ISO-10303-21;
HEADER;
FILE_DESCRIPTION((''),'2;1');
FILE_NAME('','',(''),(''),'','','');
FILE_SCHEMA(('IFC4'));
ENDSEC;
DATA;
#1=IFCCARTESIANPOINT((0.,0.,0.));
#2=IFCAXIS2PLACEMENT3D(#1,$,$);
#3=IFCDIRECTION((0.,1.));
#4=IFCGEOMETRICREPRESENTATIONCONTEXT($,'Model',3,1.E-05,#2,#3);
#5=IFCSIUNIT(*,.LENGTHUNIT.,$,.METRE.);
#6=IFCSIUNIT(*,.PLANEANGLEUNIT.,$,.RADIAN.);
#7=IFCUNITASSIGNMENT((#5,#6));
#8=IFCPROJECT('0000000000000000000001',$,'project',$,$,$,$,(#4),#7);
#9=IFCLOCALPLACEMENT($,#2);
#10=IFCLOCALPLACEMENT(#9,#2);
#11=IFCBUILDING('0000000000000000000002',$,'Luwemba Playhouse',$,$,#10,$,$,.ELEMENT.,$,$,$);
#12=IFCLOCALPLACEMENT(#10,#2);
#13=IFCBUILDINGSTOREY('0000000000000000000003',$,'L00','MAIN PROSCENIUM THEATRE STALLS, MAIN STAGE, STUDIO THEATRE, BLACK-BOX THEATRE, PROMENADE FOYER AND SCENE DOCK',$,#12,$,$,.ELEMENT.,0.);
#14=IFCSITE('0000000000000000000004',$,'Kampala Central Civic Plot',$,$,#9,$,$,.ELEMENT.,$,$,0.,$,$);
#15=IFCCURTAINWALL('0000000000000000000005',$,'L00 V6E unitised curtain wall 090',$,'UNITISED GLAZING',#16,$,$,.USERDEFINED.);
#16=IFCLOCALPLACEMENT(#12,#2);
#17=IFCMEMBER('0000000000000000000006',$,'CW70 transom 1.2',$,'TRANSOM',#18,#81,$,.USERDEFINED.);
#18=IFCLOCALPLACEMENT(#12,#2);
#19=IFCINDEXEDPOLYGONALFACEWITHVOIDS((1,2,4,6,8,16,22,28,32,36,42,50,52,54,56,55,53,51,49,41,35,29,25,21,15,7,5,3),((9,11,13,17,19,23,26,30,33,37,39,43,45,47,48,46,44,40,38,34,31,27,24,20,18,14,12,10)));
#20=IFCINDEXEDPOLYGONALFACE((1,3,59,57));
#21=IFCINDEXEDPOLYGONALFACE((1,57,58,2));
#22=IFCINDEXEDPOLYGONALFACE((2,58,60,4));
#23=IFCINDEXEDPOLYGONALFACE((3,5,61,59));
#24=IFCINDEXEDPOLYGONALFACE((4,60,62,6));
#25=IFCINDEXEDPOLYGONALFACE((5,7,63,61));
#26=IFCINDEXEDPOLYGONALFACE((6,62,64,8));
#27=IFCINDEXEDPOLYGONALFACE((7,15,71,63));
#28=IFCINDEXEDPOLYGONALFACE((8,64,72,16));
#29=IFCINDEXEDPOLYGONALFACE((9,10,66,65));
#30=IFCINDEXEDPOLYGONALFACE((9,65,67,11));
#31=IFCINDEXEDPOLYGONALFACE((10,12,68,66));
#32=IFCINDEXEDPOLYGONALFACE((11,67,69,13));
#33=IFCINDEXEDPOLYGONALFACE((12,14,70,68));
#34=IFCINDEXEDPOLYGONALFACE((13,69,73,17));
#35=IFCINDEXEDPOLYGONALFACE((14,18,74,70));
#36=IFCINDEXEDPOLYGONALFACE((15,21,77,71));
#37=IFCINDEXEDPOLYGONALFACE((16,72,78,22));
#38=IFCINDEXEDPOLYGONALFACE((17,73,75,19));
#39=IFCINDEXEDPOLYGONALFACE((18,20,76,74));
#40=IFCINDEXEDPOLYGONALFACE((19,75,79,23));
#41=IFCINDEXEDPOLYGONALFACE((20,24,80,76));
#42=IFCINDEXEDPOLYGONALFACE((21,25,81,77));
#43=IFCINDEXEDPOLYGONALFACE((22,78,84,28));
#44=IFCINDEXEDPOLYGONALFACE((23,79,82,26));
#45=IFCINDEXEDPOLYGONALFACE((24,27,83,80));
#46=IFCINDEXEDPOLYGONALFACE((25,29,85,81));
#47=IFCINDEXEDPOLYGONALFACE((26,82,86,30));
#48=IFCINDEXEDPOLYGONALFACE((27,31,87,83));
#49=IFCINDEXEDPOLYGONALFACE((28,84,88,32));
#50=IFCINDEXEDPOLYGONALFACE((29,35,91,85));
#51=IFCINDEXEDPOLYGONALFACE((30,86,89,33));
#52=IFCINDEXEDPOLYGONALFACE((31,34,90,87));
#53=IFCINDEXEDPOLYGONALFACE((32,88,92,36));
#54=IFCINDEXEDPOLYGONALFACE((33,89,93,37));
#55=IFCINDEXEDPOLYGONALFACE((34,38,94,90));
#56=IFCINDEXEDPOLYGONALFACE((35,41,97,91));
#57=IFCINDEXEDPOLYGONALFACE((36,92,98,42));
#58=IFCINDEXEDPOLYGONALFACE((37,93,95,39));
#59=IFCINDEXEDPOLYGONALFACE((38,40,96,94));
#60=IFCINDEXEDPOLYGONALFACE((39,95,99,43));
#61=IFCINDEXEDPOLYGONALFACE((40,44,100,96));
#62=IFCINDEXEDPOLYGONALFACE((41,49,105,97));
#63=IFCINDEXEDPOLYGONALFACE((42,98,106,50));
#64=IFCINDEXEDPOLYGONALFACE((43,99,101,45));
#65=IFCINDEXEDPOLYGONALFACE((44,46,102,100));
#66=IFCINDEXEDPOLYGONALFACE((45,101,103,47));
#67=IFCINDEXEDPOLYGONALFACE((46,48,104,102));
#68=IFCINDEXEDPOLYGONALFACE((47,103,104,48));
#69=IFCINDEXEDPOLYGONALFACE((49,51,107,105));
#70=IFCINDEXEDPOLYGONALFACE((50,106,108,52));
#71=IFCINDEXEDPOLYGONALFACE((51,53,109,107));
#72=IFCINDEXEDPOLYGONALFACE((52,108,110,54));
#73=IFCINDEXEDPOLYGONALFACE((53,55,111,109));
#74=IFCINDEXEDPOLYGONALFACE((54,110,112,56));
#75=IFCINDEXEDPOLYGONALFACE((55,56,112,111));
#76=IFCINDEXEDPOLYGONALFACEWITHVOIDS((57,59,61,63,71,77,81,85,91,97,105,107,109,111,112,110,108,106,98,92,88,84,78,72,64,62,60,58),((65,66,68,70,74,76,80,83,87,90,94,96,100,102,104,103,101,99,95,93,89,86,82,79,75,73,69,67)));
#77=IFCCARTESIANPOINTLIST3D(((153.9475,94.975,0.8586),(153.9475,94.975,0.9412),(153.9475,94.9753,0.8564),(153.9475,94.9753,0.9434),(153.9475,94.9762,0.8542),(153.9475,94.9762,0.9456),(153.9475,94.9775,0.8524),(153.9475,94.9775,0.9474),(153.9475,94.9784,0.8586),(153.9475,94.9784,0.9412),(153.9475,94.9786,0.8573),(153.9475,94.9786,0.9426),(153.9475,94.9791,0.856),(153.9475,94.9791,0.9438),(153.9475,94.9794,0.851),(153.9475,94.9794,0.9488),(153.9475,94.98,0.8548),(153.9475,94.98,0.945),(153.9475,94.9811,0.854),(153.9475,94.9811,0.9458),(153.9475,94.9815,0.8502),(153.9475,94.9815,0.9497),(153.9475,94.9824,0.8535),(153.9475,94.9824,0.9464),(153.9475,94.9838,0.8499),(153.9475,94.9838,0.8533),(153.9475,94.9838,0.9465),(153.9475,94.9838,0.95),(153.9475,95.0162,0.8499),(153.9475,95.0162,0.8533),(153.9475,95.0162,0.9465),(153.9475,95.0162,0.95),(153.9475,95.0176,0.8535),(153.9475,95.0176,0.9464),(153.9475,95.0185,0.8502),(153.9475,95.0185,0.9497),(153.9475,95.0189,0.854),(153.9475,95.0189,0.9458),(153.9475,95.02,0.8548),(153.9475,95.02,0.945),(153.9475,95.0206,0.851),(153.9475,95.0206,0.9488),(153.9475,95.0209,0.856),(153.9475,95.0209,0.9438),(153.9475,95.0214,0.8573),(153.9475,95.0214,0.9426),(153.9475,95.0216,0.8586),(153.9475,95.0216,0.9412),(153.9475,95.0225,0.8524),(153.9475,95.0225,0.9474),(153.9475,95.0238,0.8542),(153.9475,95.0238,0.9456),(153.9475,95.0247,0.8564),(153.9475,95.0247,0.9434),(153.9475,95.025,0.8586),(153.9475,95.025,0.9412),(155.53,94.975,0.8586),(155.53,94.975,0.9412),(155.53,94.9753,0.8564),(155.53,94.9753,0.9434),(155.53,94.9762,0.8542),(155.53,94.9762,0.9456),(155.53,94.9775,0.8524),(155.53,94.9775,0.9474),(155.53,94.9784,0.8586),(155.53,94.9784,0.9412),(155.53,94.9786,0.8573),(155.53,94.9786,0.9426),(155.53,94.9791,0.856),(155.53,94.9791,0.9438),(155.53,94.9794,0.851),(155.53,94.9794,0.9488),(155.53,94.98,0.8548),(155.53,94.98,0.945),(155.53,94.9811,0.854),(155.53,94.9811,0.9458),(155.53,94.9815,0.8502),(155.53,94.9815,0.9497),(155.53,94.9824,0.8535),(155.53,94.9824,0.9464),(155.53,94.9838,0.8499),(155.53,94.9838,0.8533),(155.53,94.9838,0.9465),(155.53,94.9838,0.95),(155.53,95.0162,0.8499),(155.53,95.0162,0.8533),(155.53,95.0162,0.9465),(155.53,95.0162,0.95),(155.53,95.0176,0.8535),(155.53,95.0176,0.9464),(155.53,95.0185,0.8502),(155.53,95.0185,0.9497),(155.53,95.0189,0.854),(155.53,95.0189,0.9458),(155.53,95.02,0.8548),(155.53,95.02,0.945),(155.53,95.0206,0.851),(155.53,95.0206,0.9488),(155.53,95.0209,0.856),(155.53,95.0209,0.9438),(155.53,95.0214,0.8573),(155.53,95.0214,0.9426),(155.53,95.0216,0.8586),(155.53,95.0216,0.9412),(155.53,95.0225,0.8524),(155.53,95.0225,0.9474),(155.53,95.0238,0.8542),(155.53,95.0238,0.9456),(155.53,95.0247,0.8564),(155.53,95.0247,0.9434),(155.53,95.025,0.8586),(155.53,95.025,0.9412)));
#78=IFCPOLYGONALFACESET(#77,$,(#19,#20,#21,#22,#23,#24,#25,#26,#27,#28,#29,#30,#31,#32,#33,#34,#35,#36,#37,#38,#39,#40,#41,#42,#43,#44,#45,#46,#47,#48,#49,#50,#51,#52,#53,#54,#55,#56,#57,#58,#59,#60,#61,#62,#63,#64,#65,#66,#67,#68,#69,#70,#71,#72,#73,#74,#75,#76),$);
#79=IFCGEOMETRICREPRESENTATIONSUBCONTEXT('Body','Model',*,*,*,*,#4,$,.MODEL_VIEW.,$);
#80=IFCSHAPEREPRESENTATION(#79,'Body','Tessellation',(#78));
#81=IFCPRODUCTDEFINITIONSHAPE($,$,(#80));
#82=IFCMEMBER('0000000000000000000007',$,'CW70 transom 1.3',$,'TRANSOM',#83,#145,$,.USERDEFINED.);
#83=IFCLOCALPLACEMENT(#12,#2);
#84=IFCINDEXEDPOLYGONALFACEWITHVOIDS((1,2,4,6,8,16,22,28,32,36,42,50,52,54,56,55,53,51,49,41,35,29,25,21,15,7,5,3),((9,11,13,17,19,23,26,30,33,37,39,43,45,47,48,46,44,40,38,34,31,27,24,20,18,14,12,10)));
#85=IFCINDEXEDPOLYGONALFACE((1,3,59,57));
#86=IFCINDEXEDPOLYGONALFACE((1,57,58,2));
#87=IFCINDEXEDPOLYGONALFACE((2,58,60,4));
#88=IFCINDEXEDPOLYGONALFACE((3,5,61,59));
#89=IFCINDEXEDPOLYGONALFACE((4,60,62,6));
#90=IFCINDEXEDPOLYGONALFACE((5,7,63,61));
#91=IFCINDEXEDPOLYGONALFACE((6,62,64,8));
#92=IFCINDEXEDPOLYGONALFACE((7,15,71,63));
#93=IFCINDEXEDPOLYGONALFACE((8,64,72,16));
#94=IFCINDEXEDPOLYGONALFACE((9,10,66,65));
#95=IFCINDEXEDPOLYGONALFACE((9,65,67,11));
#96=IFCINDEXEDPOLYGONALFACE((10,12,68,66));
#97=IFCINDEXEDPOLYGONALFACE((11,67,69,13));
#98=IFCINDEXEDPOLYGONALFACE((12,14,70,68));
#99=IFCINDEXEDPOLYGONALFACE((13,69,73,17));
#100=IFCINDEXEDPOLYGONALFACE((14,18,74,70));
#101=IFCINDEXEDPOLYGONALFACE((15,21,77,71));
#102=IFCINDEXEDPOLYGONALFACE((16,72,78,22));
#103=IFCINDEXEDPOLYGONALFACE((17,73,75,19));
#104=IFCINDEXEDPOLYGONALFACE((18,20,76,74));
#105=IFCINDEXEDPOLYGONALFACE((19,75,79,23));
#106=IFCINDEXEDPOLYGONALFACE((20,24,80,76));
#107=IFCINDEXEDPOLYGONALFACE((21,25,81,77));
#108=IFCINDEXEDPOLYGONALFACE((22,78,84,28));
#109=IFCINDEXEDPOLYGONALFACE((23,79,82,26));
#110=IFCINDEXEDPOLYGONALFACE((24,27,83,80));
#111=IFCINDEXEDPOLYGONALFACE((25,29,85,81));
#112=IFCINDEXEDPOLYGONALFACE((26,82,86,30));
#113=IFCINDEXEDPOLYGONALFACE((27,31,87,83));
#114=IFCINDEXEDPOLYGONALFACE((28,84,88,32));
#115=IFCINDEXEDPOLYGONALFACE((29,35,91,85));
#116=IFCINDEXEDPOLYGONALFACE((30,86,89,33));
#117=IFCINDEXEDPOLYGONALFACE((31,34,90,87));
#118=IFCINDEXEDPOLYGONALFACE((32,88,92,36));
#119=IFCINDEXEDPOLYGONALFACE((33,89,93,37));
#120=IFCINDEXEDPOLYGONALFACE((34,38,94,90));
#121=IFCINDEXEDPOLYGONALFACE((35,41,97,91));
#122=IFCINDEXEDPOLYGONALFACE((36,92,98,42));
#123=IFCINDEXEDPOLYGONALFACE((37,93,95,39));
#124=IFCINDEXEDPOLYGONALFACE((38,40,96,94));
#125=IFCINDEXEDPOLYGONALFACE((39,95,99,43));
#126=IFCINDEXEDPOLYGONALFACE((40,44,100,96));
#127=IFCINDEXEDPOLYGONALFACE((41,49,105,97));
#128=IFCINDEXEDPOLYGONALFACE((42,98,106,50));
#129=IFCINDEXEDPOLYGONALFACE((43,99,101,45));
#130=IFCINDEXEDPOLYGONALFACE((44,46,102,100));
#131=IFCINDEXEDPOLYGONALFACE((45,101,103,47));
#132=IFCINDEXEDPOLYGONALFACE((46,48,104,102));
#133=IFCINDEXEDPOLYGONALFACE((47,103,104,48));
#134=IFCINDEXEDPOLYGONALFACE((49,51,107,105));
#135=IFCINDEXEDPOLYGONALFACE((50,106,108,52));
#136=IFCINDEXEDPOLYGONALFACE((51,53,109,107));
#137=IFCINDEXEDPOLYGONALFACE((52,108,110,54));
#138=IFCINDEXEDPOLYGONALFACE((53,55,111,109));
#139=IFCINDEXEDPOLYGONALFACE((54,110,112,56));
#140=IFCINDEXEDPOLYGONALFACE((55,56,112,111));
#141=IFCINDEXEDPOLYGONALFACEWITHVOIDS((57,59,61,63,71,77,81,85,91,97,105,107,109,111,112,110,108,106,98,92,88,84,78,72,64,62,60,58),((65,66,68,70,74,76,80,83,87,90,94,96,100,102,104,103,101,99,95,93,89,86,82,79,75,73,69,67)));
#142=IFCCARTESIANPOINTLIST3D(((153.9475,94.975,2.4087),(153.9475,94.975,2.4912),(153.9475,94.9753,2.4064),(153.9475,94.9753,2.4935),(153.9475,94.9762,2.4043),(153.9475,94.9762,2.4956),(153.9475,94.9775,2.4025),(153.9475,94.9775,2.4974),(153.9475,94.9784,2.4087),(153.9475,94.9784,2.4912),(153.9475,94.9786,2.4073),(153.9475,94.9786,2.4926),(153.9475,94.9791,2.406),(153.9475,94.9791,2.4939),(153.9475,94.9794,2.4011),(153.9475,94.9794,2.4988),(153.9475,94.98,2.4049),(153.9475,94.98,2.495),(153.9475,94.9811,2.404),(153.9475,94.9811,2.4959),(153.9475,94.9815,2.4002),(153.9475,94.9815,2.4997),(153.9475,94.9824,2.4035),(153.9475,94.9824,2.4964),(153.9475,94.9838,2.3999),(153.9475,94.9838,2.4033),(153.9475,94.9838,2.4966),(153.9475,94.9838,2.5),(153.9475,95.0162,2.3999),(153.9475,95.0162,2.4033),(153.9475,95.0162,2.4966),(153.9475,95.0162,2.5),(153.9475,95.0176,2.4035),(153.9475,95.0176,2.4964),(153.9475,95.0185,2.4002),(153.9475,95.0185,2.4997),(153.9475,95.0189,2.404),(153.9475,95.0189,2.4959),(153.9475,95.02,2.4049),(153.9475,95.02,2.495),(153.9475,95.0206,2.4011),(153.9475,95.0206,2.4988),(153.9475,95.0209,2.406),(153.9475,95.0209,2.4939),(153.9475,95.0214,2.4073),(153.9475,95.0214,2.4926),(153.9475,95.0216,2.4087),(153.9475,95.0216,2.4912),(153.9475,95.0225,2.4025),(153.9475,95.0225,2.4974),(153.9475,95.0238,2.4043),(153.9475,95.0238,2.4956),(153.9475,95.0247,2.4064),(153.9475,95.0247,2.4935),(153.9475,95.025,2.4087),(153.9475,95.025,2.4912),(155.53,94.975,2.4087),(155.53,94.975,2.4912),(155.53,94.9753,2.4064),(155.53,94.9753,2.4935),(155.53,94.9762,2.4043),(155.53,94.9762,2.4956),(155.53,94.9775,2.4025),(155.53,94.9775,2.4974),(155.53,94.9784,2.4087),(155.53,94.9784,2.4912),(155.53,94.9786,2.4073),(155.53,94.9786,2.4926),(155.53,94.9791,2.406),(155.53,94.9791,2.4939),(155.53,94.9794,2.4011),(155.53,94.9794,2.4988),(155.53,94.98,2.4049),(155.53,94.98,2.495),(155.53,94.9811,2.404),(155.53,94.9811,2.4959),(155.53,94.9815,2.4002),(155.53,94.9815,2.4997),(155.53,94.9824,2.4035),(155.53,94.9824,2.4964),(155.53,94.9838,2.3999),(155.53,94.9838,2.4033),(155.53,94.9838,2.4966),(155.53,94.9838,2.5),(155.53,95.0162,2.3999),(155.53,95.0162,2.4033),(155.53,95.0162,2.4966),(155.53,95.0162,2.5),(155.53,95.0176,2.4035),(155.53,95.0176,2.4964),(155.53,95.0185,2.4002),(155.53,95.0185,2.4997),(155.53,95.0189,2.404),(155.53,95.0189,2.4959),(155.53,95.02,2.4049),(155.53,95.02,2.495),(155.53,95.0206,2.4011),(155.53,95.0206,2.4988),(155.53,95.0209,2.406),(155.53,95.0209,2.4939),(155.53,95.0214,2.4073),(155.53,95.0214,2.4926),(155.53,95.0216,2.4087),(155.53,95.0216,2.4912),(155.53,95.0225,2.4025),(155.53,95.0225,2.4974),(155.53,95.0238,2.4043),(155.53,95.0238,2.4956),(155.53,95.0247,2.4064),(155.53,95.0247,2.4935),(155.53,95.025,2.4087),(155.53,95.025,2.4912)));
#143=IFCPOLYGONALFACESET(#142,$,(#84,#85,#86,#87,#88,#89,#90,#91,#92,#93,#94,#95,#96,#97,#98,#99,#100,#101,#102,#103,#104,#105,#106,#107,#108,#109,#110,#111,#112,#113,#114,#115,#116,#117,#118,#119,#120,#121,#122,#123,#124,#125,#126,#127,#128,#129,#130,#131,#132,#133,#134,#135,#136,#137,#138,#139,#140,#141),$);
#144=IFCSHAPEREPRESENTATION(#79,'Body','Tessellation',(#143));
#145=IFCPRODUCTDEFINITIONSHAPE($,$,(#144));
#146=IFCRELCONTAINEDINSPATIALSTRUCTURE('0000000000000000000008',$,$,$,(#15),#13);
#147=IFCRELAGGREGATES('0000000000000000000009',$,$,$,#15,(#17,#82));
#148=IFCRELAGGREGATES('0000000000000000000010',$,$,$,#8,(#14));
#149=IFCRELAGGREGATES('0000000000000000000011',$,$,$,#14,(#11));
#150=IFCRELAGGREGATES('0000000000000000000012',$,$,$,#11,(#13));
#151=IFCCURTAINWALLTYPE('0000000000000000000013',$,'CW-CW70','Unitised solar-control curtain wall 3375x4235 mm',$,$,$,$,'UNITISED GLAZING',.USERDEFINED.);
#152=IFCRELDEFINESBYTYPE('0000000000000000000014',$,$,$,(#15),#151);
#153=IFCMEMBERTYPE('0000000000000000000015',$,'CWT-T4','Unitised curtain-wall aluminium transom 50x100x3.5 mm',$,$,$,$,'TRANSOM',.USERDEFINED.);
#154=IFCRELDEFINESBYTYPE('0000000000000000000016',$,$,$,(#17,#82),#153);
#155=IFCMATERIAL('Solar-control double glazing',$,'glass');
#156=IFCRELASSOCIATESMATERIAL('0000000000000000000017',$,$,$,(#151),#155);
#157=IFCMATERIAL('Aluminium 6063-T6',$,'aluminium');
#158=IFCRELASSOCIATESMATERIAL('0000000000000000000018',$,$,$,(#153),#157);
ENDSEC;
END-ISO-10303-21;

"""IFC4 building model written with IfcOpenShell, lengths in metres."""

from ifc_helpers import new_model, si_unit, direction, frame, origin, origin_2d, place, context, subcontext, project, spatial, hollow_rectangle, extrude, material, material_profile, profile_set, type_object, element, aggregate, save


model = new_model("IFC4")

# Units and contexts
model_context = context("Model", 3, precision=1e-05, world=origin(), true_north=direction((0.0, 1.0)))
body_context = subcontext(model_context, "Body", "Model", "MODEL_VIEW")
ifc_project = project(units=[si_unit("LENGTHUNIT", "METRE"), si_unit("PLANEANGLEUNIT", "RADIAN")], contexts=[model_context])

# Site, building, storey
site_placement = place(None, origin())
site = spatial("IfcSite", under=ifc_project, at=site_placement, Name="Kampala Central Civic Plot", CompositionType="ELEMENT", RefElevation=0.0)
building_placement = place(site_placement, origin())
building = spatial("IfcBuilding", under=site, at=building_placement, Name="Luwemba Playhouse", CompositionType="ELEMENT")
storey_placement = place(building_placement, origin())
storey = spatial("IfcBuildingStorey", under=building, at=storey_placement, Name="L00", Description="MAIN PROSCENIUM THEATRE STALLS, MAIN STAGE, STUDIO THEATRE, BLACK-BOX THEATRE, PROMENADE FOYER AND SCENE DOCK", CompositionType="ELEMENT", Elevation=0.0)

# Shared definitions
ifc_material_1 = material(Name="Solar-control double glazing", Category="glass")
ifc_material_2 = material(Name="Aluminium 6063-T6", Category="aluminium")

# Curtain wall, members
curtain_wall_type_1 = type_object("IfcCurtainWallType", Name="CW-CW70", Description="Unitised solar-control curtain wall 3375x4235 mm", ElementType="UNITISED GLAZING", PredefinedType="USERDEFINED", material=ifc_material_1)
curtain_wall_1_placement = place(storey_placement, origin())
curtain_wall_1 = element("IfcCurtainWall", 1, at=curtain_wall_1_placement, inside=storey, type_object=curtain_wall_type_1, Name="L00 V6E unitised curtain wall 090", ObjectType="UNITISED GLAZING", PredefinedType="USERDEFINED")
ifc_material_profile_1 = material_profile(ifc_material_2, hollow_rectangle(XDim=0.05, YDim=0.1001, WallThickness=0.0034, InnerFilletRadius=0.0054, OuterFilletRadius=0.0088, at=origin_2d()))
ifc_profile_set_1 = profile_set([ifc_material_profile_1], Name="Aluminium 6063-T6")
member_type_1 = type_object("IfcMemberType", Name="CWT-T4", Description="Unitised curtain-wall aluminium transom 50x100x3.5 mm", ElementType="TRANSOM", PredefinedType="USERDEFINED", material=ifc_profile_set_1)
member_1_placement = place(storey_placement, frame((155.53, 95.0, 0.8999), z_axis=(-1.0, 0.0, 0.0), x_axis=(0.0, -1.0, 0.0)))
member_1 = element("IfcMember", 2, at=member_1_placement, type_object=member_type_1, Name="CW70 transom 1.2", ObjectType="TRANSOM", PredefinedType="USERDEFINED", context=body_context, shape_type="SweptSolid", body=[
    extrude(hollow_rectangle(XDim=0.05, YDim=0.1001, WallThickness=0.0034, InnerFilletRadius=0.0054, OuterFilletRadius=0.0088, at=origin_2d()), origin(), (0.0, 0.0, 1.0), 1.5825),
])
member_2_placement = place(storey_placement, frame((155.53, 95.0, 2.45), z_axis=(-1.0, 0.0, 0.0), x_axis=(0.0, -1.0, 0.0)))
member_2 = element("IfcMember", 3, at=member_2_placement, type_object=member_type_1, Name="CW70 transom 1.3", ObjectType="TRANSOM", PredefinedType="USERDEFINED", context=body_context, shape_type="SweptSolid", body=[
    extrude(hollow_rectangle(XDim=0.05, YDim=0.1001, WallThickness=0.0034, InnerFilletRadius=0.0054, OuterFilletRadius=0.0088, at=origin_2d()), origin(), (0.0, 0.0, 1.0), 1.5825),
])
aggregate(curtain_wall_1, [member_1, member_2])

save(model, "model.ifc")
